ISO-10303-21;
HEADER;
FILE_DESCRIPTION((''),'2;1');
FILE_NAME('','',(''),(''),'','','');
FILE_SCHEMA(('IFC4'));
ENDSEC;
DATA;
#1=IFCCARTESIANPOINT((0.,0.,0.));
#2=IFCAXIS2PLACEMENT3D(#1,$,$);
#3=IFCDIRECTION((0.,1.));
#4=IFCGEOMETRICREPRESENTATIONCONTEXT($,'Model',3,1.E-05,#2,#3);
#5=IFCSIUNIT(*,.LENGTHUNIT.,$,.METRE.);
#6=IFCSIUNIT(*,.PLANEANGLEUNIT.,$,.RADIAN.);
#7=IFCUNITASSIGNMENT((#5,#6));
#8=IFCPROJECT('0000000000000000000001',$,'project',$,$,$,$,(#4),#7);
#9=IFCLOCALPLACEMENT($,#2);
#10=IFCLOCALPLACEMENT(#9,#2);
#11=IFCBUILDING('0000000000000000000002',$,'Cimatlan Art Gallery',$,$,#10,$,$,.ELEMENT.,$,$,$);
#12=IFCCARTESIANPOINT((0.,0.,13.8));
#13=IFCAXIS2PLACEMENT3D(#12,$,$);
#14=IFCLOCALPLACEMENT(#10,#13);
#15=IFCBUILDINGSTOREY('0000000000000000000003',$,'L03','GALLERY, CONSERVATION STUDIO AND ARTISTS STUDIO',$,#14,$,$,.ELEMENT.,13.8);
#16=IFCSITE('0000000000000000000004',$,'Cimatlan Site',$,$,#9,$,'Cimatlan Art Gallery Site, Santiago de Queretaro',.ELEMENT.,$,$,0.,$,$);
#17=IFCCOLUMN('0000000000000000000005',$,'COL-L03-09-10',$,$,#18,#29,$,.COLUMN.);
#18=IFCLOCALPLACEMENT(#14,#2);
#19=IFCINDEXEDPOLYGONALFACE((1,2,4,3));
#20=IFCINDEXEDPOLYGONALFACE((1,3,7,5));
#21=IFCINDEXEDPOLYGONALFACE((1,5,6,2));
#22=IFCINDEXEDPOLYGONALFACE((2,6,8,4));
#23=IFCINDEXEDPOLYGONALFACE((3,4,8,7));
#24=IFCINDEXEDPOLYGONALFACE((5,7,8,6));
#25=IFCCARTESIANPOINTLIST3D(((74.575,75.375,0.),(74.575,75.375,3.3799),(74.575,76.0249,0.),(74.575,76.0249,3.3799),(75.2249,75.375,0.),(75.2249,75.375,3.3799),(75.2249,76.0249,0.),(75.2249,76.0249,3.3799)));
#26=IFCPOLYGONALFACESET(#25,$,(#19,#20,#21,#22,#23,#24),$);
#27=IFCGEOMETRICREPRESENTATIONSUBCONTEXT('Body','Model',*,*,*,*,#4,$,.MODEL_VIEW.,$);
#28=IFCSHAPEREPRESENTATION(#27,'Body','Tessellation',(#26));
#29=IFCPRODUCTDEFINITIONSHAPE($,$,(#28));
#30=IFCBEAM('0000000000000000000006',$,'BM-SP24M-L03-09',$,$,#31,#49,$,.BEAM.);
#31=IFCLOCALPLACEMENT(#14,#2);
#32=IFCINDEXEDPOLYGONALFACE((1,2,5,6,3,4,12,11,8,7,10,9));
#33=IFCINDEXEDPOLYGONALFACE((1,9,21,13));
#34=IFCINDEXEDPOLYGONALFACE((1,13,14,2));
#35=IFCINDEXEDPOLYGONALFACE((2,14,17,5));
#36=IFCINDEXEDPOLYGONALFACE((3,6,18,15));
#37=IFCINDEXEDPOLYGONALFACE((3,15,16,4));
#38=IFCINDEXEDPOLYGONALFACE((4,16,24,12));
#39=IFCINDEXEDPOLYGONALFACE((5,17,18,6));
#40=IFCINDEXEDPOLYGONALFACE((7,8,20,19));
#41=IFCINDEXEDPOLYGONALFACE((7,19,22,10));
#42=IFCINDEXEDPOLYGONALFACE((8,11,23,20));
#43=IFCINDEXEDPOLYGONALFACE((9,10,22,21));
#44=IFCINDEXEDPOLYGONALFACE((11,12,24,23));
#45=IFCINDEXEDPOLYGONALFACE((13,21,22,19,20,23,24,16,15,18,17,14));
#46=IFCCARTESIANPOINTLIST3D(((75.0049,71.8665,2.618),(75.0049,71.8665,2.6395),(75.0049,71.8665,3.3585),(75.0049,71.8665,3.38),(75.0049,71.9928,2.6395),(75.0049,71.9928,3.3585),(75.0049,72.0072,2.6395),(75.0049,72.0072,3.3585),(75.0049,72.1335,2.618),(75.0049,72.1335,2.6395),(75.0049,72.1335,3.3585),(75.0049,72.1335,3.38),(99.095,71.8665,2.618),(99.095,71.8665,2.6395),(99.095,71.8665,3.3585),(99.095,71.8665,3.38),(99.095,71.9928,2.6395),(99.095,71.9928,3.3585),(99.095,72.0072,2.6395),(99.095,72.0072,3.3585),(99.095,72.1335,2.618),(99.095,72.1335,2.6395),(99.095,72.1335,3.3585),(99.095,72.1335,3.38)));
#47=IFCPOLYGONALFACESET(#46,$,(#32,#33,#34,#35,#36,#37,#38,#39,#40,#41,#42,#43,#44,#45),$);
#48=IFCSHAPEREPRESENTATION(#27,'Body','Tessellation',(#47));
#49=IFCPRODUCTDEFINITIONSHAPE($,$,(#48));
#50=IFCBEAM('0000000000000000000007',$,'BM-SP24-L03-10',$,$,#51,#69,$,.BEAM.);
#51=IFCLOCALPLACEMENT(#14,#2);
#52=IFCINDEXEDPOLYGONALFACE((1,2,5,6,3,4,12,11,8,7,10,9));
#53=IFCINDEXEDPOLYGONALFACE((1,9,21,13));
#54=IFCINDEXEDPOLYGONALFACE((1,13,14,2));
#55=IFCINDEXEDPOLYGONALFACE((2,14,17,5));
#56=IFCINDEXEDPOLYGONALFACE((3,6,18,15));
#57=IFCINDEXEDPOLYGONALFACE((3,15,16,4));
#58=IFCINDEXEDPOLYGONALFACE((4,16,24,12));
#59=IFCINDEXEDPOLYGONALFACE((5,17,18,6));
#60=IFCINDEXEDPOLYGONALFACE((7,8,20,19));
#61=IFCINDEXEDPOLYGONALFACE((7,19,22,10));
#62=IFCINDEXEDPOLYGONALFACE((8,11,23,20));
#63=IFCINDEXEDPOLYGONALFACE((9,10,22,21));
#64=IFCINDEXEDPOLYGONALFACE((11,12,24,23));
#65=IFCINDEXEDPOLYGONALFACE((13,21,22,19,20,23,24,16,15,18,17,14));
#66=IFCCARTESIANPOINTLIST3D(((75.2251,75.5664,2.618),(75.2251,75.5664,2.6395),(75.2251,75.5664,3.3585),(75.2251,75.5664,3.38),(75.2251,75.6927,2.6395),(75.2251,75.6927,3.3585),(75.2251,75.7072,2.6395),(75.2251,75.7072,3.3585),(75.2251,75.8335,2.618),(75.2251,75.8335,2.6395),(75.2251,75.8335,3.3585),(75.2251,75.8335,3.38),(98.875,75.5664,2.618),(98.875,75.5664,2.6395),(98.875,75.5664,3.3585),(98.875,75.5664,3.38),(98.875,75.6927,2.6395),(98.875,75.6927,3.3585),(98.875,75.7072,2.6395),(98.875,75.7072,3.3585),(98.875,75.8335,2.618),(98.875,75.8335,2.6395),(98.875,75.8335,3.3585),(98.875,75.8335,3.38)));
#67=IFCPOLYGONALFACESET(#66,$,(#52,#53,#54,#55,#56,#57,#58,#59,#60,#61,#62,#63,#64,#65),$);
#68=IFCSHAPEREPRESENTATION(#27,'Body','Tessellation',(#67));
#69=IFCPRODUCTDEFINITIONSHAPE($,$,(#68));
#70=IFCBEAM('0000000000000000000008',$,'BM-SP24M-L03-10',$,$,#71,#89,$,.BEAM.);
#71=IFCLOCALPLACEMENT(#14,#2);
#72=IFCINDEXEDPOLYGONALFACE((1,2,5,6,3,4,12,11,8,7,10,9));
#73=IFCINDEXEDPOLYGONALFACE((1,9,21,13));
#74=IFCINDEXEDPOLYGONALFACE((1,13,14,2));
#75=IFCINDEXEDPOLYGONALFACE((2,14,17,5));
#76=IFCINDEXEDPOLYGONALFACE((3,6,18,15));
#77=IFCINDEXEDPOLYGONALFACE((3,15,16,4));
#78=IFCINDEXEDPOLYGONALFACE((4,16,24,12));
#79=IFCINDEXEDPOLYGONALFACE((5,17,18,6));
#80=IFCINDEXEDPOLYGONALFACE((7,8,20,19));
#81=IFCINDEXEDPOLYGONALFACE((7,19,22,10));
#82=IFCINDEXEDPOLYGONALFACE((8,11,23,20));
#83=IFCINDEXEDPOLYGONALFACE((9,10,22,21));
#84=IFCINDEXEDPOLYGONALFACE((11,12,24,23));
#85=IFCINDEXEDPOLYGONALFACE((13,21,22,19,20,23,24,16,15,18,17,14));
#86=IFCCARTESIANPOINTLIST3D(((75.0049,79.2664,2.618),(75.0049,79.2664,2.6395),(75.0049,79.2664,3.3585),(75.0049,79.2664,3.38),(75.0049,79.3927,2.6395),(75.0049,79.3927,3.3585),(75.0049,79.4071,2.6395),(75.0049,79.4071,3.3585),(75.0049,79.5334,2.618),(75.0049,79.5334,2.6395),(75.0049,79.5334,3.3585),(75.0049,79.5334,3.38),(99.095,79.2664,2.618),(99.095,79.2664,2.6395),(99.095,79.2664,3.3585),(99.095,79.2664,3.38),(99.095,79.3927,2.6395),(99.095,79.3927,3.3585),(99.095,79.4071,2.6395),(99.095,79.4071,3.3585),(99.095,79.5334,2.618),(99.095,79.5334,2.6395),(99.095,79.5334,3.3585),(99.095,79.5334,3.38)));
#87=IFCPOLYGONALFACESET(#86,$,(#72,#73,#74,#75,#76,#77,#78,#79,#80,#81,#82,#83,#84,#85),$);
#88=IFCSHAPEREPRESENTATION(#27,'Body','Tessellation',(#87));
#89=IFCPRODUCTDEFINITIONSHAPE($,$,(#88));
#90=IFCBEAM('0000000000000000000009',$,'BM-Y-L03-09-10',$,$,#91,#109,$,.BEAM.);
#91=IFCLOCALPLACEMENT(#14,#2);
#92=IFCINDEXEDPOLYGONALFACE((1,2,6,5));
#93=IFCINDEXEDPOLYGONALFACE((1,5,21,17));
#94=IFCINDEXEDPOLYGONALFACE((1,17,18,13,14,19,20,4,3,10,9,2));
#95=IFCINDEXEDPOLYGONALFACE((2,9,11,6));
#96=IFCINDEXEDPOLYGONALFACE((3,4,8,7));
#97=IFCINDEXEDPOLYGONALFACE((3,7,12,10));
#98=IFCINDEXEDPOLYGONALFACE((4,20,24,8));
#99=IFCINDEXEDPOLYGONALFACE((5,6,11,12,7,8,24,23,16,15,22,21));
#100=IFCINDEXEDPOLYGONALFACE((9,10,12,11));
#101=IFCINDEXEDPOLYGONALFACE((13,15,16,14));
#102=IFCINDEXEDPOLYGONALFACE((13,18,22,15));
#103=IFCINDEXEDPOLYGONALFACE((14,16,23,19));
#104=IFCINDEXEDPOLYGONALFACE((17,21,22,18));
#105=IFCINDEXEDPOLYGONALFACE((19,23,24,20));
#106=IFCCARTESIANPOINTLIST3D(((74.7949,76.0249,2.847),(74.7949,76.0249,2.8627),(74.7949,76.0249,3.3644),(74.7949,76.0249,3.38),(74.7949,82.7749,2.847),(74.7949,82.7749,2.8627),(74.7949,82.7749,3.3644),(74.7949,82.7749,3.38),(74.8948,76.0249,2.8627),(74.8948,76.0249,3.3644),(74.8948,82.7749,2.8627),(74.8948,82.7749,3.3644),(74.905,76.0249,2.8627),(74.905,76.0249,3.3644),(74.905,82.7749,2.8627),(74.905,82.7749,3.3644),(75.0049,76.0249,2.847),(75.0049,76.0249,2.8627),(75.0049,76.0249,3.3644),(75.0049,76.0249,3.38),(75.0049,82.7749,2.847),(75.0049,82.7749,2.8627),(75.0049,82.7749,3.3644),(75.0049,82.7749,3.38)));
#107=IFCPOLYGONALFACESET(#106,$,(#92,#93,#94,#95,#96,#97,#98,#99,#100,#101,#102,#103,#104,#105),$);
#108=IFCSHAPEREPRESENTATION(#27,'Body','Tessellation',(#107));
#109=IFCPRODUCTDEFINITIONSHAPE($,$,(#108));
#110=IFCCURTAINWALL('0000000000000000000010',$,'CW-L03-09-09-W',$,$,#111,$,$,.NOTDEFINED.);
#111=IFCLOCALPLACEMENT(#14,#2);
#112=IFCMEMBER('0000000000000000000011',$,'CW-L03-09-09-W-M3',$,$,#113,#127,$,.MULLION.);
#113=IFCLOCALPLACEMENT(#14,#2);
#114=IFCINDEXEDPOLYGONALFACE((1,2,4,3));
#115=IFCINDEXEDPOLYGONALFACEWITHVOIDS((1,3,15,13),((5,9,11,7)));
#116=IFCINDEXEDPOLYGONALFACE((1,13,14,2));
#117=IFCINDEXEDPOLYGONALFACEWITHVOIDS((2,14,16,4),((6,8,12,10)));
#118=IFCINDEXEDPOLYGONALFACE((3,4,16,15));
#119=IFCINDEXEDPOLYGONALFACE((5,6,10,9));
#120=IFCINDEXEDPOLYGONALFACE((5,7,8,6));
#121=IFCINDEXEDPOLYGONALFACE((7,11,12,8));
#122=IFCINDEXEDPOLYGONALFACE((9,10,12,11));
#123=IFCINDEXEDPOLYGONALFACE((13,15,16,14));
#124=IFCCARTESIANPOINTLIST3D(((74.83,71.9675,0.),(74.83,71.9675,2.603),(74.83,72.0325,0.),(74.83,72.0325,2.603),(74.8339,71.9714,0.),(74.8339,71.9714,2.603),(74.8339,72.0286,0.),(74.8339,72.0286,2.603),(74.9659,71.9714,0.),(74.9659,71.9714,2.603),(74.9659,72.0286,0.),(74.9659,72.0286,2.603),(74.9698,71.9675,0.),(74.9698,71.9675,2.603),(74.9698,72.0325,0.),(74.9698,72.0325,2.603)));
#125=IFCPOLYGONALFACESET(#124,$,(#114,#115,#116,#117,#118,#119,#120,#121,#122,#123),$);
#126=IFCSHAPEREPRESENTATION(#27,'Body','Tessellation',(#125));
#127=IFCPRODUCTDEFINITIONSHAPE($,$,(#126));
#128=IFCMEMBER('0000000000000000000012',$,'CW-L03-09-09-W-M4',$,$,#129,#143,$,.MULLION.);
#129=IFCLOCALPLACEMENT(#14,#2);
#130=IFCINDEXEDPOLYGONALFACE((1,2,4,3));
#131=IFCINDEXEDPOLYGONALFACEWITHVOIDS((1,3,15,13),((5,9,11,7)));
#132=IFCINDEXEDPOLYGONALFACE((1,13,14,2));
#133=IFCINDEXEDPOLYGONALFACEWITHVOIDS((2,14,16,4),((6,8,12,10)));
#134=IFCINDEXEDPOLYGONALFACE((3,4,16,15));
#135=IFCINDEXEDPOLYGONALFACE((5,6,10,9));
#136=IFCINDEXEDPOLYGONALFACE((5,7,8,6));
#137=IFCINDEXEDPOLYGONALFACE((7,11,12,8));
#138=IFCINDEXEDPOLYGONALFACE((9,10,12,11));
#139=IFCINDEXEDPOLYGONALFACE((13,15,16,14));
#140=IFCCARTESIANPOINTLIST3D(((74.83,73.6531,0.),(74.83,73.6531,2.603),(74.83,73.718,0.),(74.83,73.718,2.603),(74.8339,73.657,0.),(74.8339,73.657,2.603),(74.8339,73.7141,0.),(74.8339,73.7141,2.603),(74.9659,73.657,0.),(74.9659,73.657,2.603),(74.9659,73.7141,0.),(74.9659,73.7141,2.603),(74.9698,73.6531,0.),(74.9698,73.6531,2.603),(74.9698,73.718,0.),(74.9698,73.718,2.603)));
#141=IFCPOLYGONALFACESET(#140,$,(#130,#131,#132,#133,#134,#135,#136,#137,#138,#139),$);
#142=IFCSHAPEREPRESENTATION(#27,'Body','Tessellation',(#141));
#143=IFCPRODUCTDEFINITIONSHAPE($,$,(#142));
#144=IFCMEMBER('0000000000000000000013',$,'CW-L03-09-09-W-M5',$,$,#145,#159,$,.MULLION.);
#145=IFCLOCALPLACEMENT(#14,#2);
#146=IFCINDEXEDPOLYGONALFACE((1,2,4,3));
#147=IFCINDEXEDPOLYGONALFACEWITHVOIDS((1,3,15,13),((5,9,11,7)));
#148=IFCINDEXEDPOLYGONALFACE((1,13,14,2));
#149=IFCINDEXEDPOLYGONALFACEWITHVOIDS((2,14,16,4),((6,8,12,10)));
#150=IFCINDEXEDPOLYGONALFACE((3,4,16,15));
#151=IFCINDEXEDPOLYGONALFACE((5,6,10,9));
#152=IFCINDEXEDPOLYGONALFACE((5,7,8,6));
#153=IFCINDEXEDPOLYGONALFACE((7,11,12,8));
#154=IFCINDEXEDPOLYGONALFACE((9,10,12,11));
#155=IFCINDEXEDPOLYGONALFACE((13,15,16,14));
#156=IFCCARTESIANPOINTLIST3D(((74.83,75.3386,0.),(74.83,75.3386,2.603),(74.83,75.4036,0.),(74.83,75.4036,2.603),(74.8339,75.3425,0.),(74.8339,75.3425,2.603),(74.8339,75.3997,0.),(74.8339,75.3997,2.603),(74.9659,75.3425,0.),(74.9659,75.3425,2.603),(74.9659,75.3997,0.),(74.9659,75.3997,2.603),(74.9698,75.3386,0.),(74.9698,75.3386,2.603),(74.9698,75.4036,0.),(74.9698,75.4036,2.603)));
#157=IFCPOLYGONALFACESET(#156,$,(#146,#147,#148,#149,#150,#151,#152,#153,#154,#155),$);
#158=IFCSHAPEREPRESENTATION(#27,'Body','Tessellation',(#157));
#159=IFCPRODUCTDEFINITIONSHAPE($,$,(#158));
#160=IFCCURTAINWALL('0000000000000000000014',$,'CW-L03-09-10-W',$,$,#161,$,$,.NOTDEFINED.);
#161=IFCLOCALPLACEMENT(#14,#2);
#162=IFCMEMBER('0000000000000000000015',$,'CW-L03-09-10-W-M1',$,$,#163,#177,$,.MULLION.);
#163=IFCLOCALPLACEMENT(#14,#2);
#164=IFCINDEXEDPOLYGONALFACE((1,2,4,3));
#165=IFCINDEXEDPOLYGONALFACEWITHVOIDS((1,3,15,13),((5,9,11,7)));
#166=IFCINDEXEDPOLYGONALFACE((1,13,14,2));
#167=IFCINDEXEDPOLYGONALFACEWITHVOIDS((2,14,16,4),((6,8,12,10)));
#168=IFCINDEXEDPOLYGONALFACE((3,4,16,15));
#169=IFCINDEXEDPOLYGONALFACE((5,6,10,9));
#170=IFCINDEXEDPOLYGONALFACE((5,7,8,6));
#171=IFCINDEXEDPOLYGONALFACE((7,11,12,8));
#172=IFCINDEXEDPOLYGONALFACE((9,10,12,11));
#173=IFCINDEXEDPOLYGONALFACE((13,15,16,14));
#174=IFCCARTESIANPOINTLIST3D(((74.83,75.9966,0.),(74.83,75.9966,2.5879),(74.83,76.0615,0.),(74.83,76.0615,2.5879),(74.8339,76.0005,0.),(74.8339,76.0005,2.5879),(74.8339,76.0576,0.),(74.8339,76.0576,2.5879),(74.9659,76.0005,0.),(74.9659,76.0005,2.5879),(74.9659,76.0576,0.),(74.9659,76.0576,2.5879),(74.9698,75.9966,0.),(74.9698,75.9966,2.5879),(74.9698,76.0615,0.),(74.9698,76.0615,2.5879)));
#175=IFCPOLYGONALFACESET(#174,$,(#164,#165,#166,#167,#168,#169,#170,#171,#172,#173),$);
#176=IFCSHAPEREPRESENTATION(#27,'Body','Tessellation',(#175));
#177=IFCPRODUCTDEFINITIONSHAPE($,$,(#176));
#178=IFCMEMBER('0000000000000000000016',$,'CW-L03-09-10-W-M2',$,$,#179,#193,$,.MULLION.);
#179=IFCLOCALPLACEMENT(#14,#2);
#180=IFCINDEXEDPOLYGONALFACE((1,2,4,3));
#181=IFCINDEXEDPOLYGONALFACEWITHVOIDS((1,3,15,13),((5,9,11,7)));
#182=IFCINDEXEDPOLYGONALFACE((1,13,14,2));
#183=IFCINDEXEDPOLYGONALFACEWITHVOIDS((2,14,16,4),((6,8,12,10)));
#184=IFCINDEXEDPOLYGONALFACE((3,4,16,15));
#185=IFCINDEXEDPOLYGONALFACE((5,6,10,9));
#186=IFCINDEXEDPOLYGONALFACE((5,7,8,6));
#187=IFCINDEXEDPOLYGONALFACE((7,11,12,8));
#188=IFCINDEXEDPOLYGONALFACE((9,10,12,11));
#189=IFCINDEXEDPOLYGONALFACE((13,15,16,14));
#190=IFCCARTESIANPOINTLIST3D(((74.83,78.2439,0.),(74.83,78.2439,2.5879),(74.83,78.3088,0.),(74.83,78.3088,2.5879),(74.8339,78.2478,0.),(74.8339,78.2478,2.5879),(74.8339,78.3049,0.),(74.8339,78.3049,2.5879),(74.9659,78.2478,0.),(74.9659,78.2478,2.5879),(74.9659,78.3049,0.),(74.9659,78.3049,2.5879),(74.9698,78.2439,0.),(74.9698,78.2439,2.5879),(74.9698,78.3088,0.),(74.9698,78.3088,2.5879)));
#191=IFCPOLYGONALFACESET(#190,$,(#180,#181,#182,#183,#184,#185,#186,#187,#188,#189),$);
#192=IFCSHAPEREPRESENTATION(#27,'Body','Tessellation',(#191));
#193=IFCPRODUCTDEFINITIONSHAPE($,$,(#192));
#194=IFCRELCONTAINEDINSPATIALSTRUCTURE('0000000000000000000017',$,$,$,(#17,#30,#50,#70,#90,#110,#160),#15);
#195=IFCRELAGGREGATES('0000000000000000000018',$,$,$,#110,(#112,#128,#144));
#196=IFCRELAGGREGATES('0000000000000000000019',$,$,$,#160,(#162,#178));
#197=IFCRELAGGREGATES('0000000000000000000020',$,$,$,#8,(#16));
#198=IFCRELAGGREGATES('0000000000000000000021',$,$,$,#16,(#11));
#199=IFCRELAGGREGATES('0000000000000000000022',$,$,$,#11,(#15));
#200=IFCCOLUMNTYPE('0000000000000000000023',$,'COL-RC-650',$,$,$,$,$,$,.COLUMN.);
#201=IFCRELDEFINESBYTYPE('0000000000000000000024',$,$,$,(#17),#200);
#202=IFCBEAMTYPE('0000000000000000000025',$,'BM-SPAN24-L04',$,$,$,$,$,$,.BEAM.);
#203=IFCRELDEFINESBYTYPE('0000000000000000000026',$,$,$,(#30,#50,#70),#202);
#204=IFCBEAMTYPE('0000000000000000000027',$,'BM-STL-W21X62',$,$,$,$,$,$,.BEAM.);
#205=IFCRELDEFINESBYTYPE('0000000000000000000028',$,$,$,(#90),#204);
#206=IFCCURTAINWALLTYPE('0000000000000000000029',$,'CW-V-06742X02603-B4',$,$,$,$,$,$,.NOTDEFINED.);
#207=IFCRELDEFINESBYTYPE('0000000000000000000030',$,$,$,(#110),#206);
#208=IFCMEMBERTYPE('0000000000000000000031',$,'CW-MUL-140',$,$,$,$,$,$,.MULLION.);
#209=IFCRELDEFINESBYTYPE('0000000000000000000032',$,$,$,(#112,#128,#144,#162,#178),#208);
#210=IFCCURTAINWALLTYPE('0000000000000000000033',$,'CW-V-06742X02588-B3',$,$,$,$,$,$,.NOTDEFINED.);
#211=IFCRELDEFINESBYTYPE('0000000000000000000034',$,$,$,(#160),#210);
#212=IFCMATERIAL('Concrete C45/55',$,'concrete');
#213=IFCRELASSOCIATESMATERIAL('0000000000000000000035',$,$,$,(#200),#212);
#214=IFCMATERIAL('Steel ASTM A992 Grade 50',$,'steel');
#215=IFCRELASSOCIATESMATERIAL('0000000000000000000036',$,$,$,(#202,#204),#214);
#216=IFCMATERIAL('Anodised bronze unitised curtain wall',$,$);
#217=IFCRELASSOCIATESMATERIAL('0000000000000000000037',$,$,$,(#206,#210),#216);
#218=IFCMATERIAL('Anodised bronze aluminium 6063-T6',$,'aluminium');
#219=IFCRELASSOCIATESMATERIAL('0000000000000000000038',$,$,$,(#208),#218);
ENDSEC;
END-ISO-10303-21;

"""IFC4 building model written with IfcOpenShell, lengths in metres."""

from ifc_helpers import new_model, si_unit, direction, frame, origin, origin_2d, place, context, subcontext, project, spatial, rectangle, hollow_rectangle, i_section, extrude, material, material_profile, profile_set, type_object, element, aggregate, save


model = new_model("IFC4")

# Units and contexts
model_context = context("Model", 3, precision=1e-05, world=origin(), true_north=direction((0.0, 1.0)))
body_context = subcontext(model_context, "Body", "Model", "MODEL_VIEW")
ifc_project = project(units=[si_unit("LENGTHUNIT", "METRE"), si_unit("PLANEANGLEUNIT", "RADIAN")], contexts=[model_context])

# Site, building, storey
site_placement = place(None, origin())
site = spatial("IfcSite", under=ifc_project, at=site_placement, Name="Cimatlan Site", LongName="Cimatlan Art Gallery Site, Santiago de Queretaro", CompositionType="ELEMENT", RefElevation=0.0)
building_placement = place(site_placement, origin())
building = spatial("IfcBuilding", under=site, at=building_placement, Name="Cimatlan Art Gallery", CompositionType="ELEMENT")
storey_placement = place(building_placement, frame((0.0, 0.0, 13.8)))
storey = spatial("IfcBuildingStorey", under=building, at=storey_placement, Name="L03", Description="GALLERY, CONSERVATION STUDIO AND ARTISTS STUDIO", CompositionType="ELEMENT", Elevation=13.8)

# Column
ifc_material_1 = material(Name="Concrete C45/55", Category="concrete")
ifc_material_profile_1 = material_profile(ifc_material_1, rectangle(XDim=0.6499, YDim=0.6499, at=origin_2d()), Name="RC650X650")
ifc_profile_set_1 = profile_set([ifc_material_profile_1], Name="Concrete C45/55")
column_type = type_object("IfcColumnType", Name="COL-RC-650", PredefinedType="COLUMN", material=ifc_profile_set_1)
column_placement = place(storey_placement, frame((74.8999, 75.7, 0.0), z_axis=(0.0, 0.0, 1.0), x_axis=(1.0, 0.0, 0.0)))
element("IfcColumn", 1, at=column_placement, inside=storey, type_object=column_type, Name="COL-L03-09-10", PredefinedType="COLUMN", context=body_context, shape_type="SweptSolid", body=[
    extrude(rectangle(XDim=0.6499, YDim=0.6499, at=origin_2d()), origin(), (0.0, 0.0, 1.0), 3.3799),
])

# Beams
ifc_material_2 = material(Name="Steel ASTM A992 Grade 50", Category="steel")
ifc_material_profile_2 = material_profile(ifc_material_2, i_section(OverallWidth=0.2671, OverallDepth=0.762, WebThickness=0.0144, FlangeThickness=0.0215, at=origin_2d()), Name="W30X116")
ifc_profile_set_2 = profile_set([ifc_material_profile_2], Name="Steel ASTM A992 Grade 50")
beam_type_1 = type_object("IfcBeamType", Name="BM-SPAN24-L04", PredefinedType="BEAM", material=ifc_profile_set_2)
beam_1_placement = place(storey_placement, frame((75.0049, 72.0, 2.999), z_axis=(1.0, 0.0, 0.0), x_axis=(0.0, 1.0, 0.0)))
element("IfcBeam", 2, at=beam_1_placement, inside=storey, type_object=beam_type_1, Name="BM-SP24M-L03-09", PredefinedType="BEAM", context=body_context, shape_type="SweptSolid", body=[
    extrude(i_section(OverallWidth=0.2671, OverallDepth=0.762, WebThickness=0.0144, FlangeThickness=0.0215, at=origin_2d()), origin(), (0.0, 0.0, 1.0), 24.0901),
])
beam_2_placement = place(storey_placement, frame((75.2251, 75.7, 2.999), z_axis=(1.0, 0.0, 0.0), x_axis=(0.0, 1.0, 0.0)))
element("IfcBeam", 3, at=beam_2_placement, inside=storey, type_object=beam_type_1, Name="BM-SP24-L03-10", PredefinedType="BEAM", context=body_context, shape_type="SweptSolid", body=[
    extrude(i_section(OverallWidth=0.2671, OverallDepth=0.762, WebThickness=0.0144, FlangeThickness=0.0215, at=origin_2d()), origin(), (0.0, 0.0, 1.0), 23.6499),
])
beam_3_placement = place(storey_placement, frame((75.0049, 79.3999, 2.999), z_axis=(1.0, 0.0, 0.0), x_axis=(0.0, 1.0, 0.0)))
element("IfcBeam", 4, at=beam_3_placement, inside=storey, type_object=beam_type_1, Name="BM-SP24M-L03-10", PredefinedType="BEAM", context=body_context, shape_type="SweptSolid", body=[
    extrude(i_section(OverallWidth=0.2671, OverallDepth=0.762, WebThickness=0.0144, FlangeThickness=0.0215, at=origin_2d()), origin(), (0.0, 0.0, 1.0), 24.0901),
])
ifc_material_profile_3 = material_profile(ifc_material_2, i_section(OverallWidth=0.21, OverallDepth=0.533, WebThickness=0.0103, FlangeThickness=0.0156, at=origin_2d()), Name="W21X62")
ifc_profile_set_3 = profile_set([ifc_material_profile_3], Name="Steel ASTM A992 Grade 50")
beam_type_2 = type_object("IfcBeamType", Name="BM-STL-W21X62", PredefinedType="BEAM", material=ifc_profile_set_3)
beam_4_placement = place(storey_placement, frame((74.8999, 76.0249, 3.1135), z_axis=(0.0, 1.0, 0.0), x_axis=(-1.0, 0.0, 0.0)))
element("IfcBeam", 5, at=beam_4_placement, inside=storey, type_object=beam_type_2, Name="BM-Y-L03-09-10", PredefinedType="BEAM", context=body_context, shape_type="SweptSolid", body=[
    extrude(i_section(OverallWidth=0.21, OverallDepth=0.533, WebThickness=0.0103, FlangeThickness=0.0156, at=origin_2d()), origin(), (0.0, 0.0, 1.0), 6.75),
])

# Curtain walls, members
ifc_material_3 = material(Name="Anodised bronze unitised curtain wall")
curtain_wall_type_1 = type_object("IfcCurtainWallType", Name="CW-V-06742X02603-B4", PredefinedType="NOTDEFINED", material=ifc_material_3)
curtain_wall_1_placement = place(storey_placement, origin())
curtain_wall_1 = element("IfcCurtainWall", 6, at=curtain_wall_1_placement, inside=storey, type_object=curtain_wall_type_1, Name="CW-L03-09-09-W", PredefinedType="NOTDEFINED")
ifc_material_4 = material(Name="Anodised bronze aluminium 6063-T6", Category="aluminium")
ifc_material_profile_4 = material_profile(ifc_material_4, hollow_rectangle(XDim=0.0649, YDim=0.1399, WallThickness=0.0039, at=origin_2d()), Name="ALU65X140X4")
ifc_profile_set_4 = profile_set([ifc_material_profile_4], Name="Anodised bronze aluminium 6063-T6")
member_type_1 = type_object("IfcMemberType", Name="CW-MUL-140", PredefinedType="MULLION", material=ifc_profile_set_4)
member_1_placement = place(storey_placement, frame((74.8999, 72.0, 0.0), z_axis=(0.0, 0.0, 1.0), x_axis=(0.0, 1.0, 0.0)))
member_1 = element("IfcMember", 7, at=member_1_placement, type_object=member_type_1, Name="CW-L03-09-09-W-M3", PredefinedType="MULLION", context=body_context, shape_type="SweptSolid", body=[
    extrude(hollow_rectangle(XDim=0.0649, YDim=0.1399, WallThickness=0.0039, at=origin_2d()), origin(), (0.0, 0.0, 1.0), 2.603),
])
member_2_placement = place(storey_placement, frame((74.8999, 73.6855, 0.0), z_axis=(0.0, 0.0, 1.0), x_axis=(0.0, 1.0, 0.0)))
member_2 = element("IfcMember", 8, at=member_2_placement, type_object=member_type_1, Name="CW-L03-09-09-W-M4", PredefinedType="MULLION", context=body_context, shape_type="SweptSolid", body=[
    extrude(hollow_rectangle(XDim=0.0649, YDim=0.1399, WallThickness=0.0039, at=origin_2d()), origin(), (0.0, 0.0, 1.0), 2.603),
])
member_3_placement = place(storey_placement, frame((74.8999, 75.3711, 0.0), z_axis=(0.0, 0.0, 1.0), x_axis=(0.0, 1.0, 0.0)))
member_3 = element("IfcMember", 9, at=member_3_placement, type_object=member_type_1, Name="CW-L03-09-09-W-M5", PredefinedType="MULLION", context=body_context, shape_type="SweptSolid", body=[
    extrude(hollow_rectangle(XDim=0.0649, YDim=0.1399, WallThickness=0.0039, at=origin_2d()), origin(), (0.0, 0.0, 1.0), 2.603),
])
curtain_wall_type_2 = type_object("IfcCurtainWallType", Name="CW-V-06742X02588-B3", PredefinedType="NOTDEFINED", material=ifc_material_3)
curtain_wall_2_placement = place(storey_placement, origin())
curtain_wall_2 = element("IfcCurtainWall", 10, at=curtain_wall_2_placement, inside=storey, type_object=curtain_wall_type_2, Name="CW-L03-09-10-W", PredefinedType="NOTDEFINED")
member_4_placement = place(storey_placement, frame((74.8999, 76.0291, 0.0), z_axis=(0.0, 0.0, 1.0), x_axis=(0.0, 1.0, 0.0)))
member_4 = element("IfcMember", 11, at=member_4_placement, type_object=member_type_1, Name="CW-L03-09-10-W-M1", PredefinedType="MULLION", context=body_context, shape_type="SweptSolid", body=[
    extrude(hollow_rectangle(XDim=0.0649, YDim=0.1399, WallThickness=0.0039, at=origin_2d()), origin(), (0.0, 0.0, 1.0), 2.5879),
])
member_5_placement = place(storey_placement, frame((74.8999, 78.2764, 0.0), z_axis=(0.0, 0.0, 1.0), x_axis=(0.0, 1.0, 0.0)))
member_5 = element("IfcMember", 12, at=member_5_placement, type_object=member_type_1, Name="CW-L03-09-10-W-M2", PredefinedType="MULLION", context=body_context, shape_type="SweptSolid", body=[
    extrude(hollow_rectangle(XDim=0.0649, YDim=0.1399, WallThickness=0.0039, at=origin_2d()), origin(), (0.0, 0.0, 1.0), 2.5879),
])

aggregate(curtain_wall_1, [member_1, member_2, member_3])
aggregate(curtain_wall_2, [member_4, member_5])

save(model, "model.ifc")
